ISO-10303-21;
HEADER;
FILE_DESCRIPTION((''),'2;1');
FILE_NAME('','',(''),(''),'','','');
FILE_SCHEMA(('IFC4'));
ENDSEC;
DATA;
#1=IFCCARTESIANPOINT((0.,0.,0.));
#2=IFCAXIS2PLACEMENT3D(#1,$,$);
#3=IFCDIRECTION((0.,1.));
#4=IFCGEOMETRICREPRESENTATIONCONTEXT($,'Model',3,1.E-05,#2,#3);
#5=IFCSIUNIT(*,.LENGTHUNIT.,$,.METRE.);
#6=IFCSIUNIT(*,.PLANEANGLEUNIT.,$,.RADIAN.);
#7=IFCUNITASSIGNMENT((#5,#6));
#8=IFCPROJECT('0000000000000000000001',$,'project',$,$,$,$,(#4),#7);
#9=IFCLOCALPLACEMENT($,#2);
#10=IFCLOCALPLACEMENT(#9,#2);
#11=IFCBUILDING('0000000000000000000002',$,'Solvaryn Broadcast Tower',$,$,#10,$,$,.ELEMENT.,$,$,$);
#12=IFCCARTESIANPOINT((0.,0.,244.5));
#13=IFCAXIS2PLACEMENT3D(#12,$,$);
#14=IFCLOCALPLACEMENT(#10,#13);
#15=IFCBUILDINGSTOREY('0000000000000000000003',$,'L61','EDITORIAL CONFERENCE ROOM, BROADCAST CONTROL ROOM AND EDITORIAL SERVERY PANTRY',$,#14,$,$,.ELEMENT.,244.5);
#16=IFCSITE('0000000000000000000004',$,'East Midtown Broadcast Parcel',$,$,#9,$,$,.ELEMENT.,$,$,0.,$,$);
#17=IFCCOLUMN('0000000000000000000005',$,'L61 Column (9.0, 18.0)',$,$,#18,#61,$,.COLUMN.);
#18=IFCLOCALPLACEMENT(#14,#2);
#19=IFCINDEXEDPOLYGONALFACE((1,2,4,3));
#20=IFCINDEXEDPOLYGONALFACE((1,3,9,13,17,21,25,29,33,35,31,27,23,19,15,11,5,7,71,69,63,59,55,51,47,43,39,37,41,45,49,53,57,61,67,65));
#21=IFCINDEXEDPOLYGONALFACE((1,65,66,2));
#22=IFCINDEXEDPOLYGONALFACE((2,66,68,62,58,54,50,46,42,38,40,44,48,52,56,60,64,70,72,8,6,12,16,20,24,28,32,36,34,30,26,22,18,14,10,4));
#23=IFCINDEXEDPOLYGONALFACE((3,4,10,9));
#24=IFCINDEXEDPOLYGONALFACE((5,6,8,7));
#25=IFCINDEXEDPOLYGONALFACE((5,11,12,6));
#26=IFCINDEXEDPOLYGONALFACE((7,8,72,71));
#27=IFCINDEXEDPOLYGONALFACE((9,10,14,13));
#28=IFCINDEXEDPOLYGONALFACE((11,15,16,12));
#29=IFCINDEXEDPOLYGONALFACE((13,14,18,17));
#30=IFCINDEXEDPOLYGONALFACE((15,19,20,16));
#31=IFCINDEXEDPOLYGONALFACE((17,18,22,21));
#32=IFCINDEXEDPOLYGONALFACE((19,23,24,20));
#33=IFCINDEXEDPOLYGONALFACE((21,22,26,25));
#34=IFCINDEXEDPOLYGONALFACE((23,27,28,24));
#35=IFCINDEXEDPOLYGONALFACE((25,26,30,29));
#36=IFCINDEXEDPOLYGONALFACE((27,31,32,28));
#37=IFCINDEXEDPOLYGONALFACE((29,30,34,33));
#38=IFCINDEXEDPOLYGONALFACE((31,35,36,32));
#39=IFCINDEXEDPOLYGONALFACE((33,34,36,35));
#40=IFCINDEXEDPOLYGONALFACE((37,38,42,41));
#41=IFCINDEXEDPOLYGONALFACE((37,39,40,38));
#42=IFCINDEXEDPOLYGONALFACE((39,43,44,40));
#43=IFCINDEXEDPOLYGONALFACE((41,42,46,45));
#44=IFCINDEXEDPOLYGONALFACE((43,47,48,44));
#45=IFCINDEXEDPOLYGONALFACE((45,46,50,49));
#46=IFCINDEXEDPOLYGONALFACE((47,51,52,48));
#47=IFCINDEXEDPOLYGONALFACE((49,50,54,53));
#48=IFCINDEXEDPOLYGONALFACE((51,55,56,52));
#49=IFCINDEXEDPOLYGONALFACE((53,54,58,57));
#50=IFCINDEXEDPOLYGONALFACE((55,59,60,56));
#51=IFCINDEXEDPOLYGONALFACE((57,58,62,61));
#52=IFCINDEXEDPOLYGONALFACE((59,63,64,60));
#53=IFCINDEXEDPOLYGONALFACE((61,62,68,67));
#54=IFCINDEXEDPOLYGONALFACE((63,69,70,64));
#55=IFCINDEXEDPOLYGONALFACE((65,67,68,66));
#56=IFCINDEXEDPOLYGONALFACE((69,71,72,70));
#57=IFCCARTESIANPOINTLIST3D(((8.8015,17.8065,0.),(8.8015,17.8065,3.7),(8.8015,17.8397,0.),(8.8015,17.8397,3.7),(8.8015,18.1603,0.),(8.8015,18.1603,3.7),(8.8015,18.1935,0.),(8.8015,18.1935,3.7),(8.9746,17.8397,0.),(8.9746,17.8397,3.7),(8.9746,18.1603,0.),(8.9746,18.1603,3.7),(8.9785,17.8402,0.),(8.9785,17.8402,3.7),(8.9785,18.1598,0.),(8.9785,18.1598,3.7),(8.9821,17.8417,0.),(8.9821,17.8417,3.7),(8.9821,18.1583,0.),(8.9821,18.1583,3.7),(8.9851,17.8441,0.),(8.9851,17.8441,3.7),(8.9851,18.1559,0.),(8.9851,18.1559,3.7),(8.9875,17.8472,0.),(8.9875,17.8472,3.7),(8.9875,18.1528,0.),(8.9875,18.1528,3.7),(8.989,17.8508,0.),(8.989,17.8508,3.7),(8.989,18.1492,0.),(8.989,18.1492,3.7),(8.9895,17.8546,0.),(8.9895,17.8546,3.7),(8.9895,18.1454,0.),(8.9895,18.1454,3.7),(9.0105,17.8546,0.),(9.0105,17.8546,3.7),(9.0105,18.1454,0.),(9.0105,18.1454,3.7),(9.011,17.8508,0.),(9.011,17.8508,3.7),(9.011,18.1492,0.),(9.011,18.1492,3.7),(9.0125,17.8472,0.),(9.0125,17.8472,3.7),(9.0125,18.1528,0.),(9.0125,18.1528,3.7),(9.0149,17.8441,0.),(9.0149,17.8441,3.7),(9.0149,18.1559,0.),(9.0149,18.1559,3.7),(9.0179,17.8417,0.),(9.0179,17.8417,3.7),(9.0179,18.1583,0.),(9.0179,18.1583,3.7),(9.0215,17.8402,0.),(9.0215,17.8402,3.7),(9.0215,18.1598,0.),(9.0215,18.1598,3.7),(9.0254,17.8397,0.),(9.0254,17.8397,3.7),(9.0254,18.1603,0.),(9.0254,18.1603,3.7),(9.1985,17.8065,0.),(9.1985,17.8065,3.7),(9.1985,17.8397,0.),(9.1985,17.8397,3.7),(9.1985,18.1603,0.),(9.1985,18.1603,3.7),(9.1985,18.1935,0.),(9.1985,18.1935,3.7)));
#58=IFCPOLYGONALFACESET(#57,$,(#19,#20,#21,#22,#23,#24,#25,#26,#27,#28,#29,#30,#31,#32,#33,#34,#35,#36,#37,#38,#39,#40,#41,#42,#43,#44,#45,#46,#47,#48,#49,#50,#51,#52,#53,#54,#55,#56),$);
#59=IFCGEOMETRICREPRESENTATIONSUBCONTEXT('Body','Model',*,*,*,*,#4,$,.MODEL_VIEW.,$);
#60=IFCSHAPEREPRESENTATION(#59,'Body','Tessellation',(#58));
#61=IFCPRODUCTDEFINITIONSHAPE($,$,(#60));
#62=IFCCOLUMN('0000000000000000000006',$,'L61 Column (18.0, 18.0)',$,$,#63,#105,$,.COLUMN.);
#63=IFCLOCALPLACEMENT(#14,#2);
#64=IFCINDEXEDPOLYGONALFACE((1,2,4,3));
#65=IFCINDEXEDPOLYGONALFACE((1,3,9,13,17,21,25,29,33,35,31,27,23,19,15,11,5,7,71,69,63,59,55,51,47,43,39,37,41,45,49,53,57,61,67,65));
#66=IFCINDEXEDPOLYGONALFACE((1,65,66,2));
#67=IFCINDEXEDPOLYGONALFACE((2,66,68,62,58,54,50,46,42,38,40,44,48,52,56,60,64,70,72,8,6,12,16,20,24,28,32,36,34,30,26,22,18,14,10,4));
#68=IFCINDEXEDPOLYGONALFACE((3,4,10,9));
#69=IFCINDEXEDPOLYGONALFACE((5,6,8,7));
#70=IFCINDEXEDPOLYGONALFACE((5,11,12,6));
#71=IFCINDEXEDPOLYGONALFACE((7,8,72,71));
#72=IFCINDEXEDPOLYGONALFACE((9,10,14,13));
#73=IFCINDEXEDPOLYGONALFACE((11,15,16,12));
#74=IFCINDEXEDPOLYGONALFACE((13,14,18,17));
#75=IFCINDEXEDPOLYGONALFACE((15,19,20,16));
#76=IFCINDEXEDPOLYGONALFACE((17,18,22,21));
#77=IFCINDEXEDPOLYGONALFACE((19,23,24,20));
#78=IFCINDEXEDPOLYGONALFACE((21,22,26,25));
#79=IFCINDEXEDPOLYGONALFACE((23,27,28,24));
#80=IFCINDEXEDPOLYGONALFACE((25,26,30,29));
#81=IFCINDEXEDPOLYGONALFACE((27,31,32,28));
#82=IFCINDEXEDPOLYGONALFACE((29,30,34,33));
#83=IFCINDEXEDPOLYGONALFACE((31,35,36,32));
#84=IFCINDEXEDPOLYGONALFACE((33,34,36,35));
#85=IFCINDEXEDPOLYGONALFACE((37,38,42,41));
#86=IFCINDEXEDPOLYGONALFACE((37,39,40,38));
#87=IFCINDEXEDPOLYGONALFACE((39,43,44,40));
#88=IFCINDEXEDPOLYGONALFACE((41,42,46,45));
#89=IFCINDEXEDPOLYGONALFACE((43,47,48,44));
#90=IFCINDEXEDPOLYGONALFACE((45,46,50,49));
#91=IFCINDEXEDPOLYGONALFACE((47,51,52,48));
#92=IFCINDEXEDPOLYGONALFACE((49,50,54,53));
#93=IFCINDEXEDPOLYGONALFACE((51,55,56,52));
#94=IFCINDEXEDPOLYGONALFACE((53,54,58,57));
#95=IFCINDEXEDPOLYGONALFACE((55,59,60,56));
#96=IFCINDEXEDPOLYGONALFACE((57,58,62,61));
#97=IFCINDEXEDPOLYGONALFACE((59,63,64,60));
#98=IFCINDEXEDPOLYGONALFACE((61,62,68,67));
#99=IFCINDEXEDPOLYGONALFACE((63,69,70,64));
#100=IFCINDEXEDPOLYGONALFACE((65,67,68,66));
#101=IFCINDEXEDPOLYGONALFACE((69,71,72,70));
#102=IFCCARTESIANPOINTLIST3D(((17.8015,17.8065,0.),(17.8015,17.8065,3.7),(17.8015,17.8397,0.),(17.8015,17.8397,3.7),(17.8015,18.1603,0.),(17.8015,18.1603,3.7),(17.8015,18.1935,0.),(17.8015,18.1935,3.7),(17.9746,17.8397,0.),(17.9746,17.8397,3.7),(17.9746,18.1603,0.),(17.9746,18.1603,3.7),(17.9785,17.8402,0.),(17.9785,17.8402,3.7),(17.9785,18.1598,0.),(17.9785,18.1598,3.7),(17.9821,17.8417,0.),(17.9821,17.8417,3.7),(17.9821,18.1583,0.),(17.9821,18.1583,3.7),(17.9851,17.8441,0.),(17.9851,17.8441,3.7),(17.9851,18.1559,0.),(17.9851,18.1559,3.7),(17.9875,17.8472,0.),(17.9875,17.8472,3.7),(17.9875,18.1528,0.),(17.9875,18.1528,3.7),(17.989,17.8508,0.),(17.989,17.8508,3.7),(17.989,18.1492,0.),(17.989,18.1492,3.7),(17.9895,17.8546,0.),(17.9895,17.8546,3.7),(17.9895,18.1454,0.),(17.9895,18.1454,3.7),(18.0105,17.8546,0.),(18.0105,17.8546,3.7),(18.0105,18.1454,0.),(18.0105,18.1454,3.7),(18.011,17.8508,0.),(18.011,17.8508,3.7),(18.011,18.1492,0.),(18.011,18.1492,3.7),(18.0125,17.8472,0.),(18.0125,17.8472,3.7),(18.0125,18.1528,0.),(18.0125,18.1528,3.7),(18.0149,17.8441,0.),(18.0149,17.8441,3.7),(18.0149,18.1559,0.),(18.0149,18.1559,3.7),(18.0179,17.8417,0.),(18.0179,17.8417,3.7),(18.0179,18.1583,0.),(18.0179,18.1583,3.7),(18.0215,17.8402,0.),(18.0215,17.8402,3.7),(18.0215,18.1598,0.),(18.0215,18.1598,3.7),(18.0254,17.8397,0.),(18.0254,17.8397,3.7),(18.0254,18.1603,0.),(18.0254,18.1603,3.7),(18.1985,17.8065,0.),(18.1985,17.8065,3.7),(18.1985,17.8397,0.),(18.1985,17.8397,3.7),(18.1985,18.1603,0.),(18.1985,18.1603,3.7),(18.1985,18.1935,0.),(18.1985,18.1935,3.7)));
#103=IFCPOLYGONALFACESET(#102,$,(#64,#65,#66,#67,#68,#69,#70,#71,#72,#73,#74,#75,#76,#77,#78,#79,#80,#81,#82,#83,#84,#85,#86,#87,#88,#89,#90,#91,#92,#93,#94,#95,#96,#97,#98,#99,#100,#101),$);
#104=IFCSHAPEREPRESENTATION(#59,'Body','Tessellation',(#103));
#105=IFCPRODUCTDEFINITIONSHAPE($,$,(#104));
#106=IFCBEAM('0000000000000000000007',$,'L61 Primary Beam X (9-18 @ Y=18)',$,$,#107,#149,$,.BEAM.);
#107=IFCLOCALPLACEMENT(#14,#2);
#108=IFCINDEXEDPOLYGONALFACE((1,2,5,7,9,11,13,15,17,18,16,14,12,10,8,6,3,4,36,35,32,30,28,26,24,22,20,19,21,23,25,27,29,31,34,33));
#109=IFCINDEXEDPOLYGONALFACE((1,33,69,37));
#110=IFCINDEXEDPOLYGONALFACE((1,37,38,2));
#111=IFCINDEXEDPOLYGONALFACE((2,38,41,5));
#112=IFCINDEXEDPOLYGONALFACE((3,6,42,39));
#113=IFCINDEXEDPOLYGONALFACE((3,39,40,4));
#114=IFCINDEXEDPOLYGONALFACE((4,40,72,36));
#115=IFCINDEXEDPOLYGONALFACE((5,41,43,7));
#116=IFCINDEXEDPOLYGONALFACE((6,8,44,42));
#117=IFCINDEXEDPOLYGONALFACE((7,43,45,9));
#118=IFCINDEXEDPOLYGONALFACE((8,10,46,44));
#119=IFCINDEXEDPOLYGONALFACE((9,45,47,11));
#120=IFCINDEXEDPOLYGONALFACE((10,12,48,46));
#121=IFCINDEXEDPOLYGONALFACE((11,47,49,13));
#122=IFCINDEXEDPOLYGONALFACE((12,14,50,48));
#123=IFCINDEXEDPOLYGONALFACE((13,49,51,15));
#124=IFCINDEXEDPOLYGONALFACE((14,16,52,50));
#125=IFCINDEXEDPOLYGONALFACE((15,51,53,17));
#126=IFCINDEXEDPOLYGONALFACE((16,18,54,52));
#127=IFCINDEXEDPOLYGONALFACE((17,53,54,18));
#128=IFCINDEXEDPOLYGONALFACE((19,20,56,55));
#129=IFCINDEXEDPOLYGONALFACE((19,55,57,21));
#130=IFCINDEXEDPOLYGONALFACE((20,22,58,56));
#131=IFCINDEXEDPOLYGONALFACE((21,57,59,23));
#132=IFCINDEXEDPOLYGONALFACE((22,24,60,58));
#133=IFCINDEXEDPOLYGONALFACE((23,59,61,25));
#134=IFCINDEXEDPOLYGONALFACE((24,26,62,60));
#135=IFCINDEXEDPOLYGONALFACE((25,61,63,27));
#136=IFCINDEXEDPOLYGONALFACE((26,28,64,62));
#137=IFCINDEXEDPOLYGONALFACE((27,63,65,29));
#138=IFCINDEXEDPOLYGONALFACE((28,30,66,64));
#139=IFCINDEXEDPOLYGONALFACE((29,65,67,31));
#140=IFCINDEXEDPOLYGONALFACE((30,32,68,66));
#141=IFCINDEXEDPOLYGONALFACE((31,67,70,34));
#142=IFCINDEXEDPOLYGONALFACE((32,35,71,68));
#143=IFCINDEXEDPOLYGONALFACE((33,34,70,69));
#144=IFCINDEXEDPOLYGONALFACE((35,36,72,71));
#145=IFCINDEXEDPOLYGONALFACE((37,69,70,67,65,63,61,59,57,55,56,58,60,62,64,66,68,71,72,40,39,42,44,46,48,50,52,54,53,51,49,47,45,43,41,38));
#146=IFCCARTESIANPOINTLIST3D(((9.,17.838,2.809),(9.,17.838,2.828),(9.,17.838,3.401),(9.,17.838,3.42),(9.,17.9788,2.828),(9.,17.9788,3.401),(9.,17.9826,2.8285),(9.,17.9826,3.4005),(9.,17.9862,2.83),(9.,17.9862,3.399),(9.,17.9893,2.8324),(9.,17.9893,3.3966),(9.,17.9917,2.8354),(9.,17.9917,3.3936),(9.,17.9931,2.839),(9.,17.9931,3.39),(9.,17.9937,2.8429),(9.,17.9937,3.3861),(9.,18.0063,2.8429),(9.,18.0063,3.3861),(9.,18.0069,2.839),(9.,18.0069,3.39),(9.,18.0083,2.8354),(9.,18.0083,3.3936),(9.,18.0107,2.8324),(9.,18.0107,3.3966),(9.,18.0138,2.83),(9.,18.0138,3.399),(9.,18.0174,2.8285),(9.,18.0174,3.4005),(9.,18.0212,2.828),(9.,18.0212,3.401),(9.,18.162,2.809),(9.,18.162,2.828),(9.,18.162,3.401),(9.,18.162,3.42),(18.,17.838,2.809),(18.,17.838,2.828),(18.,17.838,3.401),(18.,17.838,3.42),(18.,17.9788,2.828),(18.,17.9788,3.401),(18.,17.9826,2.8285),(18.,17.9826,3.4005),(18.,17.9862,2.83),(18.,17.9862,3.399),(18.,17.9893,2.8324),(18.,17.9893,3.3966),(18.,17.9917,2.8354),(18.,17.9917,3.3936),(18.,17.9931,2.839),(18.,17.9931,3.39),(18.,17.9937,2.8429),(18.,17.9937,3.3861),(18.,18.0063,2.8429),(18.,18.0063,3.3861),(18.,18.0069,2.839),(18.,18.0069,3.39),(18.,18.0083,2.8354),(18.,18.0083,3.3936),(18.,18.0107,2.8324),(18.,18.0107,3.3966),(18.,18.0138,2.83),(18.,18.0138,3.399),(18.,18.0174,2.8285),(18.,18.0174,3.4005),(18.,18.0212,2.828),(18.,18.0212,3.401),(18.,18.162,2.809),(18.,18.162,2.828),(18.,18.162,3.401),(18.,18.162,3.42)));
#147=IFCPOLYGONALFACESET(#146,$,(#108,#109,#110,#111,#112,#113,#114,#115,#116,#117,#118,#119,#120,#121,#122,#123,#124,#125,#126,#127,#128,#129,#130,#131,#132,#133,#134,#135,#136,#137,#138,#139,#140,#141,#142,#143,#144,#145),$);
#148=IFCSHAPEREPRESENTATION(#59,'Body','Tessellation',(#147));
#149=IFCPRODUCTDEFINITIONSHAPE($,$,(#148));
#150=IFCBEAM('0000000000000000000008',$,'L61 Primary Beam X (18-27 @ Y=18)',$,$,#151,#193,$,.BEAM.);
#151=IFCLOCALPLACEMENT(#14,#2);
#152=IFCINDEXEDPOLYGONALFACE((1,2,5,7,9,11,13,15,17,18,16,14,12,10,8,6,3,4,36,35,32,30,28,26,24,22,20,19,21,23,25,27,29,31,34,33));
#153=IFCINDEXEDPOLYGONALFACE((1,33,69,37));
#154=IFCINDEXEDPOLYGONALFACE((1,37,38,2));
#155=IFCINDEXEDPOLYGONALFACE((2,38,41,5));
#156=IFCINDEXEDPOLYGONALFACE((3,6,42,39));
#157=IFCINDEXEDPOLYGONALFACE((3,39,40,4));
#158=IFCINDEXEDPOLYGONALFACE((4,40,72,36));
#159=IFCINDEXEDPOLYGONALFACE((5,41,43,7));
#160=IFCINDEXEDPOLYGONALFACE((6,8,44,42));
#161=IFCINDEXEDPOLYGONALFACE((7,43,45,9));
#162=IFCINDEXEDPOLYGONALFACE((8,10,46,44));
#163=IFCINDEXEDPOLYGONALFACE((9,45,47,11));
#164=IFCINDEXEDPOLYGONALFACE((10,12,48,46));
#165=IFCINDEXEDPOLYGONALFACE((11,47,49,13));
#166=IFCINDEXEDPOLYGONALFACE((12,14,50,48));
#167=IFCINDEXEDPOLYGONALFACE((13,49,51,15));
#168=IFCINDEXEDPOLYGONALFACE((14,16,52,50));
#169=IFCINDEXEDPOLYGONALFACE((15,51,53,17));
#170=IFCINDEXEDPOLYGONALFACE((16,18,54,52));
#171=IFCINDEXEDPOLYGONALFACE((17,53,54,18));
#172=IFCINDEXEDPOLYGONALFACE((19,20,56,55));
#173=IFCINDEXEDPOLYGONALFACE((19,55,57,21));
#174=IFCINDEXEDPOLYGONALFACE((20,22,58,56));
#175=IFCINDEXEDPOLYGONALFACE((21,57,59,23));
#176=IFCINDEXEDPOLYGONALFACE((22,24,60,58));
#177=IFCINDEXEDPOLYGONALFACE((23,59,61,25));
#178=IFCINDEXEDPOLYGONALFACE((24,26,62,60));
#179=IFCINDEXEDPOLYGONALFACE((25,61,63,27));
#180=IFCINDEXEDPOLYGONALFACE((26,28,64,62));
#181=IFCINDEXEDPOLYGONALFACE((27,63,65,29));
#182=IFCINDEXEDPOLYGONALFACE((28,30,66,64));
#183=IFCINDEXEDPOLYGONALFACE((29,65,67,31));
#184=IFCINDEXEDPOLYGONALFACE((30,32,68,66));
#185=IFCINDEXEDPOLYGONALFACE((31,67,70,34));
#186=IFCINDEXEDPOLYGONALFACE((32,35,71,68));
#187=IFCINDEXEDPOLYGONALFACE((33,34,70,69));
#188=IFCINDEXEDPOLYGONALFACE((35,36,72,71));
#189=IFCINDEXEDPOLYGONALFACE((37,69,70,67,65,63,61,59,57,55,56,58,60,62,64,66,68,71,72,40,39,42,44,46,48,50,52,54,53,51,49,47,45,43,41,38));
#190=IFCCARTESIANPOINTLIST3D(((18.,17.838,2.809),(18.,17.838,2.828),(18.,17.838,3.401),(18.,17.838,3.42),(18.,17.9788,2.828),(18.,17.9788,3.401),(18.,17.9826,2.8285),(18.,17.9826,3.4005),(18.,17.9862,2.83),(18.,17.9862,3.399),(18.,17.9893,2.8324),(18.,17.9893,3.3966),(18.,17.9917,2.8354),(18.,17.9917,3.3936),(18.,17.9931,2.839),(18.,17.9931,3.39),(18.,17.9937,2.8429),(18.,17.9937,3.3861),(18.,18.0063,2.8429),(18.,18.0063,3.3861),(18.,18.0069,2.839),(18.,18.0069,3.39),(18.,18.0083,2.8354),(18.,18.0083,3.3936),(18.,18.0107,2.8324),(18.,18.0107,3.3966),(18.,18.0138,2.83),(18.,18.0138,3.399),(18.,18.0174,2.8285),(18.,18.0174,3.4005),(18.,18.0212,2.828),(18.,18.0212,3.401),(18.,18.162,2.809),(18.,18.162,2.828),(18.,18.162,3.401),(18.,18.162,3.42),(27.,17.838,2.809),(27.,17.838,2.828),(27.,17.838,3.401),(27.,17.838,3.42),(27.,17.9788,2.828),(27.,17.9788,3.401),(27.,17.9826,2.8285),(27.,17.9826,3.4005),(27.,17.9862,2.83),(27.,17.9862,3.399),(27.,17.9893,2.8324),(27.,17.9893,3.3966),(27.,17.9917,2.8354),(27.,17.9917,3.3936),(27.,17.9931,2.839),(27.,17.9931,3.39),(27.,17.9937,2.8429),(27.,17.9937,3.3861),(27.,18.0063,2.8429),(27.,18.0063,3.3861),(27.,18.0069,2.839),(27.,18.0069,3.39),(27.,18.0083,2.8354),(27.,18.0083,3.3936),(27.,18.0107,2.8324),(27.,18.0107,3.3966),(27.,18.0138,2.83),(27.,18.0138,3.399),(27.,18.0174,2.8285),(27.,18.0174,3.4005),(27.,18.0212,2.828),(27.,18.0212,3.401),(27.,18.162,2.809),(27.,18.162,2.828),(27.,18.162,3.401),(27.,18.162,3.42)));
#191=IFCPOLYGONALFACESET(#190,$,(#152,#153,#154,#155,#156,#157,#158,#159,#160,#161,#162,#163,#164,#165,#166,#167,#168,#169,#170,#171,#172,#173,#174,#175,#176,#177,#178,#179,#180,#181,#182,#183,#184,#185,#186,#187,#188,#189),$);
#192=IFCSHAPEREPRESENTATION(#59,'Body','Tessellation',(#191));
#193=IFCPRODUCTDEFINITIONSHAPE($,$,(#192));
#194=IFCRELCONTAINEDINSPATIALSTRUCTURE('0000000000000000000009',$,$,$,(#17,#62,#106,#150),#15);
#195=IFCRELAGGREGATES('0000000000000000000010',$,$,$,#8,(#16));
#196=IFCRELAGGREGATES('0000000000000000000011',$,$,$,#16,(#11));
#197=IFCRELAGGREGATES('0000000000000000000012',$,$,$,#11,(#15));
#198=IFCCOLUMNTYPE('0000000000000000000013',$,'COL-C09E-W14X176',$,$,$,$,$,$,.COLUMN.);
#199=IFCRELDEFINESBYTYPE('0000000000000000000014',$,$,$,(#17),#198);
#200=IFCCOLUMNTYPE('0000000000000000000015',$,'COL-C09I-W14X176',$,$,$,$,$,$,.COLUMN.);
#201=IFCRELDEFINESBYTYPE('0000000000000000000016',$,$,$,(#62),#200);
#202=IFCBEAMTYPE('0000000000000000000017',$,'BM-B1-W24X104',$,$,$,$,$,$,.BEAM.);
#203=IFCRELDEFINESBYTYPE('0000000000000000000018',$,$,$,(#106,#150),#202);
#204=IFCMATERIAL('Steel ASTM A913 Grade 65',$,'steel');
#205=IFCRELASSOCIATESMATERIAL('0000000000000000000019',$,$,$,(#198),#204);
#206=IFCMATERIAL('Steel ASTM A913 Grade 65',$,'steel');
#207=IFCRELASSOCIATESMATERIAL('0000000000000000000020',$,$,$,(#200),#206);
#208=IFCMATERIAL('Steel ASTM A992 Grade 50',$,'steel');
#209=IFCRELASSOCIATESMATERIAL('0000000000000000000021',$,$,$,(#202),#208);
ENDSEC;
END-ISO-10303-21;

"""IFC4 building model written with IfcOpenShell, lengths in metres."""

from ifc_helpers import new_model, si_unit, direction, frame, origin, origin_2d, place, context, subcontext, project, spatial, i_section, extrude, material, material_profile, profile_set, type_object, element, save


model = new_model("IFC4")

# Units and contexts
model_context = context("Model", 3, precision=1e-05, world=origin(), true_north=direction((0.0, 1.0)))
body_context = subcontext(model_context, "Body", "Model", "MODEL_VIEW")
ifc_project = project(units=[si_unit("LENGTHUNIT", "METRE"), si_unit("PLANEANGLEUNIT", "RADIAN")], contexts=[model_context])

# Site, building, storey
site_placement = place(None, origin())
site = spatial("IfcSite", under=ifc_project, at=site_placement, Name="East Midtown Broadcast Parcel", CompositionType="ELEMENT", RefElevation=0.0)
building_placement = place(site_placement, origin())
building = spatial("IfcBuilding", under=site, at=building_placement, Name="Solvaryn Broadcast Tower", CompositionType="ELEMENT")
storey_placement = place(building_placement, frame((0.0, 0.0, 244.5)))
storey = spatial("IfcBuildingStorey", under=building, at=storey_placement, Name="L61", Description="EDITORIAL CONFERENCE ROOM, BROADCAST CONTROL ROOM AND EDITORIAL SERVERY PANTRY", CompositionType="ELEMENT", Elevation=244.5)

# Columns
ifc_material_1 = material(Name="Steel ASTM A913 Grade 65", Category="steel")
ifc_material_profile_1 = material_profile(ifc_material_1, i_section(OverallWidth=0.397, OverallDepth=0.387, WebThickness=0.021, FlangeThickness=0.0332, FilletRadius=0.0149, at=origin_2d()))
ifc_profile_set_1 = profile_set([ifc_material_profile_1], Name="Steel ASTM A913 Grade 65")
column_type_1 = type_object("IfcColumnType", Name="COL-C09E-W14X176", PredefinedType="COLUMN", material=ifc_profile_set_1)
column_1_placement = place(storey_placement, frame((9.0, 18.0, 0.0), z_axis=(0.0, 0.0, 1.0), x_axis=(1.0, 0.0, 0.0)))
element("IfcColumn", 1, at=column_1_placement, inside=storey, type_object=column_type_1, Name="L61 Column (9.0, 18.0)", PredefinedType="COLUMN", context=body_context, shape_type="SweptSolid", body=[
    extrude(i_section(OverallWidth=0.397, OverallDepth=0.387, WebThickness=0.021, FlangeThickness=0.0332, FilletRadius=0.0149, at=origin_2d()), origin(), (0.0, 0.0, 1.0), 3.7),
])
ifc_material_2 = material(Name="Steel ASTM A913 Grade 65", Category="steel")
ifc_material_profile_2 = material_profile(ifc_material_2, i_section(OverallWidth=0.397, OverallDepth=0.387, WebThickness=0.021, FlangeThickness=0.0332, FilletRadius=0.0149, at=origin_2d()))
ifc_profile_set_2 = profile_set([ifc_material_profile_2], Name="Steel ASTM A913 Grade 65")
column_type_2 = type_object("IfcColumnType", Name="COL-C09I-W14X176", PredefinedType="COLUMN", material=ifc_profile_set_2)
column_2_placement = place(storey_placement, frame((18.0, 18.0, 0.0), z_axis=(0.0, 0.0, 1.0), x_axis=(1.0, 0.0, 0.0)))
element("IfcColumn", 2, at=column_2_placement, inside=storey, type_object=column_type_2, Name="L61 Column (18.0, 18.0)", PredefinedType="COLUMN", context=body_context, shape_type="SweptSolid", body=[
    extrude(i_section(OverallWidth=0.397, OverallDepth=0.387, WebThickness=0.021, FlangeThickness=0.0332, FilletRadius=0.0149, at=origin_2d()), origin(), (0.0, 0.0, 1.0), 3.7),
])

# Beams
ifc_material_3 = material(Name="Steel ASTM A992 Grade 50", Category="steel")
ifc_material_profile_3 = material_profile(ifc_material_3, i_section(OverallWidth=0.324, OverallDepth=0.6111, WebThickness=0.0127, FlangeThickness=0.019, FilletRadius=0.0149, at=origin_2d()))
ifc_profile_set_3 = profile_set([ifc_material_profile_3], Name="Steel ASTM A992 Grade 50")
beam_type_1 = type_object("IfcBeamType", Name="BM-B1-W24X104", PredefinedType="BEAM", material=ifc_profile_set_3)
for number, where, z_axis, x_axis, name in (
    (3, (9.0, 18.0, 3.1145), (1.0, 0.0, 0.0), (0.0, 1.0, 0.0), "L61 Primary Beam X (9-18 @ Y=18)"),
    (4, (18.0, 18.0, 3.1145), (1.0, 0.0, 0.0), (0.0, 1.0, 0.0), "L61 Primary Beam X (18-27 @ Y=18)"),
):
    element("IfcBeam", number, at=place(storey_placement, frame(where, z_axis=z_axis, x_axis=x_axis)), inside=storey, type_object=beam_type_1, Name=name, PredefinedType="BEAM", context=body_context, shape_type="SweptSolid", body=[
        extrude(i_section(OverallWidth=0.324, OverallDepth=0.6111, WebThickness=0.0127, FlangeThickness=0.019, FilletRadius=0.0149, at=origin_2d()), origin(), (0.0, 0.0, 1.0), 9.0),
    ])

save(model, "model.ifc")
